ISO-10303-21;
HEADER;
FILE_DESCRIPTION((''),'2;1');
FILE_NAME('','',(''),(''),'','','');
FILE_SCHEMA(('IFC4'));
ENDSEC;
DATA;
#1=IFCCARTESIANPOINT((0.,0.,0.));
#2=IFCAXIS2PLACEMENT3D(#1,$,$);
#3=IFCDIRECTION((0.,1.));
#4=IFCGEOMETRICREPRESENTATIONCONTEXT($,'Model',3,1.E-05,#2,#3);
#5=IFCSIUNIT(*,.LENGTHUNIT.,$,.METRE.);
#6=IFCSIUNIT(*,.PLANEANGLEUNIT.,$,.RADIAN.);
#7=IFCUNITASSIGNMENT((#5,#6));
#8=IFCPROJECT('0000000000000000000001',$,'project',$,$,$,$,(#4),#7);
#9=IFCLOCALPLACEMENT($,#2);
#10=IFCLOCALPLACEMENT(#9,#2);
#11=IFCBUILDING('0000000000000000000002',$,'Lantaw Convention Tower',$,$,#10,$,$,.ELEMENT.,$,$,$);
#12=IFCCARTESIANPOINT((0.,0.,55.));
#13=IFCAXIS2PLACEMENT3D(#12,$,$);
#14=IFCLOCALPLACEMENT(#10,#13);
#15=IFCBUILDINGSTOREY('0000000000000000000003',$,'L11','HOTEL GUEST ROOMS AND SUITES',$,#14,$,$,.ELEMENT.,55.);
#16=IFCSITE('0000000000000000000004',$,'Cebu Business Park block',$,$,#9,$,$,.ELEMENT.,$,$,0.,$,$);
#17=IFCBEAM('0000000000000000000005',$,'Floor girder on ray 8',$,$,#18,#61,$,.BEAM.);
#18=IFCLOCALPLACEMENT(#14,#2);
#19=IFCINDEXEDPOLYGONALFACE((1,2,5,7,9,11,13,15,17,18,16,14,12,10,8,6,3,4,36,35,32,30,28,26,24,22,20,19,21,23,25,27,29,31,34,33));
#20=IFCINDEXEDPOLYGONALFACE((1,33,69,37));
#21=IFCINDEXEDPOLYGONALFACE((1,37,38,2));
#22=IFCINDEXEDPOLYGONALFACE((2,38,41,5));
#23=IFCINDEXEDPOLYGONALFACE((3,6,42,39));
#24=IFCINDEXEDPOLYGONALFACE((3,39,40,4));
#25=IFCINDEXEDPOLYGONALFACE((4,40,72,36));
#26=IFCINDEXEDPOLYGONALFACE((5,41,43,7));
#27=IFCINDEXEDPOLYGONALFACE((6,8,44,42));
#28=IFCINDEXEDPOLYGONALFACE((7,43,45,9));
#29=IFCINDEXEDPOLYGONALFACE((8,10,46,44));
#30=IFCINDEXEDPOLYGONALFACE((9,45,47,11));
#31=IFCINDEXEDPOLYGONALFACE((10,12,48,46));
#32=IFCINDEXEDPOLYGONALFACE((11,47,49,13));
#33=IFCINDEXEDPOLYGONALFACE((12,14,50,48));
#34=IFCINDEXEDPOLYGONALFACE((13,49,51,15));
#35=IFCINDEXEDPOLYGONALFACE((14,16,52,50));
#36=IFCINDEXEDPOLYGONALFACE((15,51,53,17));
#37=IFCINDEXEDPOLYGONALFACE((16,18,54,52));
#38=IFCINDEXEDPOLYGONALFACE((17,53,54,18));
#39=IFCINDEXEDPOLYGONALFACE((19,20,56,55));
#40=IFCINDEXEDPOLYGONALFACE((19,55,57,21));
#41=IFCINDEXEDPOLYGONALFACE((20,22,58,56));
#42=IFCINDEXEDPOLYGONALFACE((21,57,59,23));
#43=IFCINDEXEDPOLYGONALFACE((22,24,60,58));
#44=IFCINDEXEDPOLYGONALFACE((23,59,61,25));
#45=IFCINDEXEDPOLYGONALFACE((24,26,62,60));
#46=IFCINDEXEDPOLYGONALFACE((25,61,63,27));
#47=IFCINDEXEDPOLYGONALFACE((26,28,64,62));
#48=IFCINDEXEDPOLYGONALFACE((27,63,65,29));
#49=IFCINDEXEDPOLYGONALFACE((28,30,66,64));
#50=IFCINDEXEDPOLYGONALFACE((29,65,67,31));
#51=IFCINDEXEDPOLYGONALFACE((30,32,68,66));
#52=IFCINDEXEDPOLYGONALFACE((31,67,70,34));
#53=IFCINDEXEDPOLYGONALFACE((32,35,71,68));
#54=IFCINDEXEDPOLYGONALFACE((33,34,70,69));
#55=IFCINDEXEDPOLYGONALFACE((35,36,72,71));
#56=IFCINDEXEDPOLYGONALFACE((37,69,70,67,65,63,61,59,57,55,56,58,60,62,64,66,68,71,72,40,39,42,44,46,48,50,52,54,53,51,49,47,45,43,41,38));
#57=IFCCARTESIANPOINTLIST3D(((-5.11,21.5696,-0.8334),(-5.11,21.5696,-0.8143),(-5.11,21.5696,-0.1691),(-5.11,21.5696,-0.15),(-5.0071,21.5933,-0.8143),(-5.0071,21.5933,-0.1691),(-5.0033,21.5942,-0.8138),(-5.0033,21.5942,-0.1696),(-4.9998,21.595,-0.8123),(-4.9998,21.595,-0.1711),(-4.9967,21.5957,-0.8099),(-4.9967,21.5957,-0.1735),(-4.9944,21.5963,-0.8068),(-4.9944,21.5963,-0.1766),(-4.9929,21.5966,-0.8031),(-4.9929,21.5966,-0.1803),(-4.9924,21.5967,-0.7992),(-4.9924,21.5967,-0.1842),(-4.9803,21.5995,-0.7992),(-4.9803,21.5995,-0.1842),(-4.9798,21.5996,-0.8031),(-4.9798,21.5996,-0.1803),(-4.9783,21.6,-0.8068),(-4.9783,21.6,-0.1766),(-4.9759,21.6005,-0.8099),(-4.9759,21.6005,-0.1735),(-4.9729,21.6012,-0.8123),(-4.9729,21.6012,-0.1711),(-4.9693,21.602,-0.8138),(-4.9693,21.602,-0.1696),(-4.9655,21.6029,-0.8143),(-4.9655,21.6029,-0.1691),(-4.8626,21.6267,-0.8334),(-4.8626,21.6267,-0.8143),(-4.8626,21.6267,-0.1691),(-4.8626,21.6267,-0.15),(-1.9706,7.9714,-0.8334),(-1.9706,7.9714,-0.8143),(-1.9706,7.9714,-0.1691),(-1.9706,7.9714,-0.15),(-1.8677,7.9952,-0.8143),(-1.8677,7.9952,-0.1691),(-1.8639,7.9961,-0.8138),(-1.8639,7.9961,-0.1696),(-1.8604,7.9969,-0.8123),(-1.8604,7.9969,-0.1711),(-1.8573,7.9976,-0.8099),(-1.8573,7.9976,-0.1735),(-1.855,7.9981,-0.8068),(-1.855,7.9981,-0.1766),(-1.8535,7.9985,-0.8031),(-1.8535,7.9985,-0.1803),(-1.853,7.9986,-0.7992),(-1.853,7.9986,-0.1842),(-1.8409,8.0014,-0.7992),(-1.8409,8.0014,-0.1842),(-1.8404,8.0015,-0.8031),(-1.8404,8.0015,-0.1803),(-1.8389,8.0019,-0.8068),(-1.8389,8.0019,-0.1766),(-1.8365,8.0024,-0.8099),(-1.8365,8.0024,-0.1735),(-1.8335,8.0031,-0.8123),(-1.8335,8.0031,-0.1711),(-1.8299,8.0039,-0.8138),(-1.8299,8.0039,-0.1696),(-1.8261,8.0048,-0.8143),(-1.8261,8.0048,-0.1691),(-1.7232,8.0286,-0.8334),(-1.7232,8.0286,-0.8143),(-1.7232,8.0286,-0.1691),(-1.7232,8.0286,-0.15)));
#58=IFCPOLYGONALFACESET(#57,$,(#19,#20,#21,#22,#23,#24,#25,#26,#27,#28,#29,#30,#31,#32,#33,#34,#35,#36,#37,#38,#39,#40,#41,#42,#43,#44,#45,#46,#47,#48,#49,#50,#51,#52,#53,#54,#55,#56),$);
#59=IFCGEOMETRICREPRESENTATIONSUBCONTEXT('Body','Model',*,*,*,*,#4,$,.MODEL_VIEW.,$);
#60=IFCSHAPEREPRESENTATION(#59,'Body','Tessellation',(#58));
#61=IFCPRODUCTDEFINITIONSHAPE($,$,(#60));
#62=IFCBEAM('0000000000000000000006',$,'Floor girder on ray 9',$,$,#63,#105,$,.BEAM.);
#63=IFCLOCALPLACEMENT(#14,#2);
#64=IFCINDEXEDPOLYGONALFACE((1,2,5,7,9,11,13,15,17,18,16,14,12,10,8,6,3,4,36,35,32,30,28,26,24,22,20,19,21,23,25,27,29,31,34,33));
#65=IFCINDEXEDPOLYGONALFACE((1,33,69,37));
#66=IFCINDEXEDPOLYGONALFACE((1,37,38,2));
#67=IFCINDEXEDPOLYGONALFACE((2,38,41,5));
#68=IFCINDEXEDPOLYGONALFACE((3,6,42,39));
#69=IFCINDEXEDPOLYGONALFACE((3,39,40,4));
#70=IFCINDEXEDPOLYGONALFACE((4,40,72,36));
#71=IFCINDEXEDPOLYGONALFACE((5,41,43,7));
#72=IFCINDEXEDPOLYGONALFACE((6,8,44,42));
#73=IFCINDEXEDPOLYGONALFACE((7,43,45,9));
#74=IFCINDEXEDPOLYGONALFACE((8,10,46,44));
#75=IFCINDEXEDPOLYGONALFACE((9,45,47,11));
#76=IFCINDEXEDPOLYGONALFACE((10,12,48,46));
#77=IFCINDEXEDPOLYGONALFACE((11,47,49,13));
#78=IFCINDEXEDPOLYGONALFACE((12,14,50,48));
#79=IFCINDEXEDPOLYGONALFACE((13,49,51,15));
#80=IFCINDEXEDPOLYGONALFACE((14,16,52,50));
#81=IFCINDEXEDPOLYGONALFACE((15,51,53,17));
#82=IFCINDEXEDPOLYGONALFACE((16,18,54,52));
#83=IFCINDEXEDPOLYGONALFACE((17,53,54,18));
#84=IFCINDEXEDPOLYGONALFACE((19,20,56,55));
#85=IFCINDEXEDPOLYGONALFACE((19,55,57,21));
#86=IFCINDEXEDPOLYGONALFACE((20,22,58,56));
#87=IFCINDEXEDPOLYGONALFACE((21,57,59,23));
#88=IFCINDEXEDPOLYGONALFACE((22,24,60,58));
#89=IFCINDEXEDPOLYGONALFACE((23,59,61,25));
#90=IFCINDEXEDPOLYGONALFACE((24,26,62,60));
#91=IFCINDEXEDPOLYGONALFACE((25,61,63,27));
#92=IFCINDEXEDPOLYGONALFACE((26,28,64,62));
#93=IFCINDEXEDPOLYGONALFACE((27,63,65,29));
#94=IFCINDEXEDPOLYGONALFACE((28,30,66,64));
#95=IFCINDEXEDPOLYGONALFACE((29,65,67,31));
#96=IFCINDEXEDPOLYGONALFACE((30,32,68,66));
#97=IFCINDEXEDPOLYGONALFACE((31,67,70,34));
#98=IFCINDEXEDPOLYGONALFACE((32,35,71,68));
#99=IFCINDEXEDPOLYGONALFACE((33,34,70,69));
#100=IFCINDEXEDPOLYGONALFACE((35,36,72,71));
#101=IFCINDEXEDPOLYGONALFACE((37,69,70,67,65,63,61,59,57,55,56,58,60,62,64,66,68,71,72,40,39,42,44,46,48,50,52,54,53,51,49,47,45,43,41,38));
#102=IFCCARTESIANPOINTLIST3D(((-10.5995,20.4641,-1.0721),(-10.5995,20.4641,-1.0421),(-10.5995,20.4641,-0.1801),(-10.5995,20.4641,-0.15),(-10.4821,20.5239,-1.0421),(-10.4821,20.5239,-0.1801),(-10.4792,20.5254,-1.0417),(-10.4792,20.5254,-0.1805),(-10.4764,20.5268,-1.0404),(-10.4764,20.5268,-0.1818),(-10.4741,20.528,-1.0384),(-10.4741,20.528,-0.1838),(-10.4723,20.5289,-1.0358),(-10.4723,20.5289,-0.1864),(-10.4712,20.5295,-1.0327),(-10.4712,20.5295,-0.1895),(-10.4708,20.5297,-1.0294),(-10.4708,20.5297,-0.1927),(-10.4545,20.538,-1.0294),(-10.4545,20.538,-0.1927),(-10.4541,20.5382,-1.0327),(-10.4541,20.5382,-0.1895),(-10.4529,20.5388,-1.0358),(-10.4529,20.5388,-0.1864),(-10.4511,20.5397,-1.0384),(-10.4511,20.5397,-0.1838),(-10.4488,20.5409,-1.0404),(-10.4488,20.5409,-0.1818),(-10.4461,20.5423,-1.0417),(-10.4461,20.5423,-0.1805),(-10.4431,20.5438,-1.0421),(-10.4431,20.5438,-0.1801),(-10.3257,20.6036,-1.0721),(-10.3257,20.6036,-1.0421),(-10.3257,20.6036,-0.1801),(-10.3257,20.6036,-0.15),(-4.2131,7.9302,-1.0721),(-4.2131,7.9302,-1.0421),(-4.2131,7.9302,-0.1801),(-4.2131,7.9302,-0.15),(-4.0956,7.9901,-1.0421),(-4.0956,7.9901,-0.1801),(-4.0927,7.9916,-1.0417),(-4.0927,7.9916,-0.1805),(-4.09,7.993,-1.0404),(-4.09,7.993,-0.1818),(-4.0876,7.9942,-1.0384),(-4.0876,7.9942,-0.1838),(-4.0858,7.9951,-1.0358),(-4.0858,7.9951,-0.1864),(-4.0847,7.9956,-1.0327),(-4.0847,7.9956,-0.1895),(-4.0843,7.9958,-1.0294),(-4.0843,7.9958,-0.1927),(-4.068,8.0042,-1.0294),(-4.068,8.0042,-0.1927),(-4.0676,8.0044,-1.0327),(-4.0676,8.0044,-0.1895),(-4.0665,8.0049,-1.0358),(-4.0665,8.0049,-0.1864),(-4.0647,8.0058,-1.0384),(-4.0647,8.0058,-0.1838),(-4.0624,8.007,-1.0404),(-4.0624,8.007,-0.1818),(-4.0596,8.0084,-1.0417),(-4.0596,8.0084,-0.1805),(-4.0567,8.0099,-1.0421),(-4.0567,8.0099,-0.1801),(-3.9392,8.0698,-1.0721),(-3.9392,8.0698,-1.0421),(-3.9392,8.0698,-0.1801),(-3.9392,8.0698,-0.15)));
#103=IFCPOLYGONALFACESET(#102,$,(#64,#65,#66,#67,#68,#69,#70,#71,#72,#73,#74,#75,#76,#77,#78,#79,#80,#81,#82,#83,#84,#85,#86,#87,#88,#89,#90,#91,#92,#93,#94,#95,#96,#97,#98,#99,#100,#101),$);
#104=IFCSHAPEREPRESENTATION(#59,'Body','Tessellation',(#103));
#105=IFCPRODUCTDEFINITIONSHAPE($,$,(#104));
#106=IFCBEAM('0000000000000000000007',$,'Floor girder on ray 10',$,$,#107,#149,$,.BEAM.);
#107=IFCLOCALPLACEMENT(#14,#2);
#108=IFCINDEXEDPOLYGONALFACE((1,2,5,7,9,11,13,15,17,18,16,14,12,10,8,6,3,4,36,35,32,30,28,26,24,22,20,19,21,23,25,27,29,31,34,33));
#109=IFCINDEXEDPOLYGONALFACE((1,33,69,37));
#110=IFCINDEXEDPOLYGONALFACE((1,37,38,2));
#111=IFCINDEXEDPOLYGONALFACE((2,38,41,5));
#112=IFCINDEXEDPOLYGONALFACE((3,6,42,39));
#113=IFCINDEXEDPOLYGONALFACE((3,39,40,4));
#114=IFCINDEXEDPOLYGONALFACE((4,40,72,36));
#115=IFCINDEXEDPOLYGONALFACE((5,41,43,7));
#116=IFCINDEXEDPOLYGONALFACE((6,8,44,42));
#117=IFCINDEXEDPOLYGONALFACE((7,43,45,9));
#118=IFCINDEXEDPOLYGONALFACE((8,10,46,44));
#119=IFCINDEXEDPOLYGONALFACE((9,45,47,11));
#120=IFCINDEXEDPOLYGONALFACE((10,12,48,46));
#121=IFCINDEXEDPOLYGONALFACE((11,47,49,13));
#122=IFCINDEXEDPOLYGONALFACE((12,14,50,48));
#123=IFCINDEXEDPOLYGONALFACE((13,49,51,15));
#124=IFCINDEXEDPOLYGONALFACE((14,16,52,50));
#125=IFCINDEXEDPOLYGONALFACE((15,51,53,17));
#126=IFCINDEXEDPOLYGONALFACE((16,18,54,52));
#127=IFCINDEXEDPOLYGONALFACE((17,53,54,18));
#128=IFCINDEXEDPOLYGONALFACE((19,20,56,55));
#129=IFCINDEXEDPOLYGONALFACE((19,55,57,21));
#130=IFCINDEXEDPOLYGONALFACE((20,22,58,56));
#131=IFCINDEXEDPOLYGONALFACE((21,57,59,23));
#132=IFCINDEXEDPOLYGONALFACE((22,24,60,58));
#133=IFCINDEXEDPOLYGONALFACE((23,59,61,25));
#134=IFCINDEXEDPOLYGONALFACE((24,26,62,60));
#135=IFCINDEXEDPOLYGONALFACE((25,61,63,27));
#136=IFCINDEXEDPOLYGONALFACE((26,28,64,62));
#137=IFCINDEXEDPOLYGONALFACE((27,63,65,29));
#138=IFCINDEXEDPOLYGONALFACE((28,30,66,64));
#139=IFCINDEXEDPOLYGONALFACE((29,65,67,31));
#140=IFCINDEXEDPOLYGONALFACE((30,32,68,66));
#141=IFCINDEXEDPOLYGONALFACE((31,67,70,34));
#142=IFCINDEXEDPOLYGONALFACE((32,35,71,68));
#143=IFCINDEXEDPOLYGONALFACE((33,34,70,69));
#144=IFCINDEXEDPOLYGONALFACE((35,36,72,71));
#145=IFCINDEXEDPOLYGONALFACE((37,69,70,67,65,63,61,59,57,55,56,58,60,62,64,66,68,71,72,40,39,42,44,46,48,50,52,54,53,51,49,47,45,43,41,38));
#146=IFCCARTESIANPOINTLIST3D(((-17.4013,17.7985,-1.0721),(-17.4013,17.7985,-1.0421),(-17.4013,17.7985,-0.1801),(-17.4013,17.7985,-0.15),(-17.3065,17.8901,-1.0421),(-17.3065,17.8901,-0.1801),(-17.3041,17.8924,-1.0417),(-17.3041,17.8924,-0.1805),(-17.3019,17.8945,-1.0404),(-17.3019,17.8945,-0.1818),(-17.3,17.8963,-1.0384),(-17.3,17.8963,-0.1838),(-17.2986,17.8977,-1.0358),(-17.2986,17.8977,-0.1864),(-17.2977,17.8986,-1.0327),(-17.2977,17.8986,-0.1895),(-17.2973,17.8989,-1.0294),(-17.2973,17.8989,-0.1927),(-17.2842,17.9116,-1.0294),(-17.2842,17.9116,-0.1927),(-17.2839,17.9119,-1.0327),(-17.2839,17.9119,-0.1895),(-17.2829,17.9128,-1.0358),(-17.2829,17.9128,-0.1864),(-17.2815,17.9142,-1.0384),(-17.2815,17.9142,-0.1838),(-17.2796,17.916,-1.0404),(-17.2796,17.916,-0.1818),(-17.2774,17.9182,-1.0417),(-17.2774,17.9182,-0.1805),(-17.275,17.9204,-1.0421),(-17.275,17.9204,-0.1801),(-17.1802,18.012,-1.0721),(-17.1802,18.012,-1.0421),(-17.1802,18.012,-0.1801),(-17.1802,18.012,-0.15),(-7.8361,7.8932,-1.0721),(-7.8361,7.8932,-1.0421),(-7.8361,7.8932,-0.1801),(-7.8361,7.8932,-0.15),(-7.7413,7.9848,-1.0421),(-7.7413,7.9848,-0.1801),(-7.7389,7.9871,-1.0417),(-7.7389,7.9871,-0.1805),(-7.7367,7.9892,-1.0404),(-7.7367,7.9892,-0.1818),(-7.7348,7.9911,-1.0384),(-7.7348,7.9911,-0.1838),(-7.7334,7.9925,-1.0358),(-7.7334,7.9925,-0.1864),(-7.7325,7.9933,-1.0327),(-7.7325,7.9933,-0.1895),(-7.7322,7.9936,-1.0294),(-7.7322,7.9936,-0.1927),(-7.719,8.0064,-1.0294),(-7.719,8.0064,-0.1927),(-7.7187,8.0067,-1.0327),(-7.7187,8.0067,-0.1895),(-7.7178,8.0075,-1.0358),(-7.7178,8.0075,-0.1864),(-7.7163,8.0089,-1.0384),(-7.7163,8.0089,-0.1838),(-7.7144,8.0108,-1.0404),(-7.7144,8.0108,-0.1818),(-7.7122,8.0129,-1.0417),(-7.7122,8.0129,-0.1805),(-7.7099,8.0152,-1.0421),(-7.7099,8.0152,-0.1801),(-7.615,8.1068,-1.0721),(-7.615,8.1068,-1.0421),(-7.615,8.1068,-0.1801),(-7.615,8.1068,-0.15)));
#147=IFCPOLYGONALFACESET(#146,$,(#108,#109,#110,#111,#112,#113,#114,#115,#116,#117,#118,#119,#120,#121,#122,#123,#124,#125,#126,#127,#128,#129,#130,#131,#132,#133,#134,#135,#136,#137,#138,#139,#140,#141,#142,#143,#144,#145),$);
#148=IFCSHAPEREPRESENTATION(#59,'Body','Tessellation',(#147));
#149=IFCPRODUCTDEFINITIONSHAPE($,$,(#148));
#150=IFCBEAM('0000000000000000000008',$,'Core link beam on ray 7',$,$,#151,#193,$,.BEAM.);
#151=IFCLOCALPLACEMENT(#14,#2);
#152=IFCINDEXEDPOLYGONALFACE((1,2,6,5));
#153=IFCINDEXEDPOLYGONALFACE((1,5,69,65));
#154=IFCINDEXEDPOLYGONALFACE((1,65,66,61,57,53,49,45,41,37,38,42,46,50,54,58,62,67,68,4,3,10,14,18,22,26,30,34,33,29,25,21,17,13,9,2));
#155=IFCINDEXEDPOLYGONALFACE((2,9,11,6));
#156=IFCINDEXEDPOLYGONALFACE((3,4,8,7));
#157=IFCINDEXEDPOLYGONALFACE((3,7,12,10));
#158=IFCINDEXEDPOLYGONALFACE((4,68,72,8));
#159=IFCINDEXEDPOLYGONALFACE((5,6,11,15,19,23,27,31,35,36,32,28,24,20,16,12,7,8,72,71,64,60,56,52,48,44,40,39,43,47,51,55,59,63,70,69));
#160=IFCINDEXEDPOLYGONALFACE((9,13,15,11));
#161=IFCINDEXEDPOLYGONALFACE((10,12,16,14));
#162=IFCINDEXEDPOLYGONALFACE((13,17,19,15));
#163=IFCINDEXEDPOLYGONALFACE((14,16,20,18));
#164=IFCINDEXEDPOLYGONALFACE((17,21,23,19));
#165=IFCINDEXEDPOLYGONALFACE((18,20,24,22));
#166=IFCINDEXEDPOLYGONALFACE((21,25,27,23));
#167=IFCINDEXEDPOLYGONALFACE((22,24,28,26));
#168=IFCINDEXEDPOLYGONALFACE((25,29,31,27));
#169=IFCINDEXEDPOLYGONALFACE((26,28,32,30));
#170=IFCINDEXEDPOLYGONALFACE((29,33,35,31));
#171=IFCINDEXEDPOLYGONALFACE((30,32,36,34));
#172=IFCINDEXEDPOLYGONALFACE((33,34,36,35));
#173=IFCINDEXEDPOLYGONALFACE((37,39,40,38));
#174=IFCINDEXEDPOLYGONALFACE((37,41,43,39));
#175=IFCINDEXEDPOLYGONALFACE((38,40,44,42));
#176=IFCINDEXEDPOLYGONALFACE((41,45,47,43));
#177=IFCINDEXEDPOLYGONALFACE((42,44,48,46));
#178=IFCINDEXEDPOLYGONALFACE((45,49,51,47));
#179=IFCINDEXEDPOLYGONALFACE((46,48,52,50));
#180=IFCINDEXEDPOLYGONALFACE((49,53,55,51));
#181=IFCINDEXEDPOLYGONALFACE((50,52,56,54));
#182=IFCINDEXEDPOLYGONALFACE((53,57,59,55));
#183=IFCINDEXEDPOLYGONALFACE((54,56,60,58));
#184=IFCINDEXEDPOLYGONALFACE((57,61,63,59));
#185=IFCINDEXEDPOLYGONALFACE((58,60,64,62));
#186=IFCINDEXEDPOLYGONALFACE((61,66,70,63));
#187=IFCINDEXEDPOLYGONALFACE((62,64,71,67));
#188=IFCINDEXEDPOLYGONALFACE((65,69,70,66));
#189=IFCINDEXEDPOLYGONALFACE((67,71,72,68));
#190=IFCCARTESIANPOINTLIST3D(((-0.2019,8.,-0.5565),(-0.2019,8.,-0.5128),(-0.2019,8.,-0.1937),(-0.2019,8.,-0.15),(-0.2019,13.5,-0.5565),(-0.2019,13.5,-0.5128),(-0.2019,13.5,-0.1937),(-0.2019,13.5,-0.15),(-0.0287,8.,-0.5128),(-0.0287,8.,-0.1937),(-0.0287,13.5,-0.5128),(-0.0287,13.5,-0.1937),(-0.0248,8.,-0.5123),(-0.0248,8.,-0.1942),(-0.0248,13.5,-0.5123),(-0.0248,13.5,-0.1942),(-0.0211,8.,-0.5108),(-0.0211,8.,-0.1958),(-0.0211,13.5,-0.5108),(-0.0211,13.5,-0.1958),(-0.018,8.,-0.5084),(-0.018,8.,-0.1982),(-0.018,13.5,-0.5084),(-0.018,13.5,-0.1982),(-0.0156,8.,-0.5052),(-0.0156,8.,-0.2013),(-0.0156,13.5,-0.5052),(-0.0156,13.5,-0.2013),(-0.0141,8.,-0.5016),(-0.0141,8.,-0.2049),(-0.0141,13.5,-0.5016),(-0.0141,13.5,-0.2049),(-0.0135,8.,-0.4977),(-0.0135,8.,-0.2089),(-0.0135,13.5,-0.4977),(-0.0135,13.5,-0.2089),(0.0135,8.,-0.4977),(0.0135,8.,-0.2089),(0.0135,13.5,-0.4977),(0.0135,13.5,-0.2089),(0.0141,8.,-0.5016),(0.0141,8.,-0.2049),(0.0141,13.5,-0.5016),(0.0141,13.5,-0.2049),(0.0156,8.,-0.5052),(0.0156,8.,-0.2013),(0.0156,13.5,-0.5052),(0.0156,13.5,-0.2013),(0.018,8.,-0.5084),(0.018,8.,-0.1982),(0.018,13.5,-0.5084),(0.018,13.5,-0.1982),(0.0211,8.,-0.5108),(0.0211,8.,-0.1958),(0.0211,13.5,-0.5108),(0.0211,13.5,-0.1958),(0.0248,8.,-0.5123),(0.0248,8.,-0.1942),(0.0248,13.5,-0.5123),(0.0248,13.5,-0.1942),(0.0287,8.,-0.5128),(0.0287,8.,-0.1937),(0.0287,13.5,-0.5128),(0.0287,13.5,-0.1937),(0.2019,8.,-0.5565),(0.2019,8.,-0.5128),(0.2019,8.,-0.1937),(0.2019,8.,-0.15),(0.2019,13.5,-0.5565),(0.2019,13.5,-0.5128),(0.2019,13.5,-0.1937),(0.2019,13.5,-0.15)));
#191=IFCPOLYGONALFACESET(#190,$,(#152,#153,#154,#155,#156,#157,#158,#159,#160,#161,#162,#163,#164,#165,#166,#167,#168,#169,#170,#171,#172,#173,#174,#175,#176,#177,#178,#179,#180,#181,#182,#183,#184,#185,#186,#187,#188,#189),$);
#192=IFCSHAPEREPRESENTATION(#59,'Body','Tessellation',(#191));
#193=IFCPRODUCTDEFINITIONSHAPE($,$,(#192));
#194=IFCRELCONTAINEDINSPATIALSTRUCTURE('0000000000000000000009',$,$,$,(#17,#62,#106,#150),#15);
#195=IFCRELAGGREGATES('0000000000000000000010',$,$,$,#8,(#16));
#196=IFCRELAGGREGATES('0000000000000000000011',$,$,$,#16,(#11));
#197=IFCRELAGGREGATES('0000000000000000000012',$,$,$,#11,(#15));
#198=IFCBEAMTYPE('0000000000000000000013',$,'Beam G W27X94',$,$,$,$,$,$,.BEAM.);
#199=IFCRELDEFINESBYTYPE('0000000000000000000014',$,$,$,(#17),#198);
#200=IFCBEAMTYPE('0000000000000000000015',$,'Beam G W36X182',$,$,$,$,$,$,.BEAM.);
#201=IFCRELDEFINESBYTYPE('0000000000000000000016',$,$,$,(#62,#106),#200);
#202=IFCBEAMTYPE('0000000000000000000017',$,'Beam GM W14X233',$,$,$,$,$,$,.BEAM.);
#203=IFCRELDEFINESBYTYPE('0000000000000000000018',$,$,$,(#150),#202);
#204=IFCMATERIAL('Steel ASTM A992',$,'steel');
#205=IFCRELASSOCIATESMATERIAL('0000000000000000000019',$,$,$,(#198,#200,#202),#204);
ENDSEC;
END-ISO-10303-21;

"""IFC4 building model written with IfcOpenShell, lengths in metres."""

from ifc_helpers import new_model, si_unit, direction, frame, origin, origin_2d, place, context, subcontext, project, spatial, i_section, extrude, material, material_profile, profile_set, type_object, element, save


model = new_model("IFC4")

# Units and contexts
model_context = context("Model", 3, precision=1e-05, world=origin(), true_north=direction((0.0, 1.0)))
body_context = subcontext(model_context, "Body", "Model", "MODEL_VIEW")
ifc_project = project(units=[si_unit("LENGTHUNIT", "METRE"), si_unit("PLANEANGLEUNIT", "RADIAN")], contexts=[model_context])

# Site, building, storey
site_placement = place(None, origin())
site = spatial("IfcSite", under=ifc_project, at=site_placement, Name="Cebu Business Park block", CompositionType="ELEMENT", RefElevation=0.0)
building_placement = place(site_placement, origin())
building = spatial("IfcBuilding", under=site, at=building_placement, Name="Lantaw Convention Tower", CompositionType="ELEMENT")
storey_placement = place(building_placement, frame((0.0, 0.0, 55.0)))
storey = spatial("IfcBuildingStorey", under=building, at=storey_placement, Name="L11", Description="HOTEL GUEST ROOMS AND SUITES", CompositionType="ELEMENT", Elevation=55.0)

# Beams
ifc_material_1 = material(Name="Steel ASTM A992", Category="steel")
ifc_material_profile_1 = material_profile(ifc_material_1, i_section(OverallWidth=0.2539, OverallDepth=0.6833, WebThickness=0.0125, FlangeThickness=0.019, FilletRadius=0.0151, at=origin_2d()), Name="W27X94")
ifc_profile_set_1 = profile_set([ifc_material_profile_1], Name="Steel ASTM A992")
beam_type_1 = type_object("IfcBeamType", Name="Beam G W27X94", PredefinedType="BEAM", material=ifc_profile_set_1)
beam_1_placement = place(storey_placement, frame((-1.8469, 8.0, -0.4917), z_axis=(-0.224953, 0.97437, 0.0), x_axis=(-0.97437, -0.224953, 0.0)))
element("IfcBeam", 1, at=beam_1_placement, inside=storey, type_object=beam_type_1, Name="Floor girder on ray 8", PredefinedType="BEAM", context=body_context, shape_type="SweptSolid", body=[
    extrude(i_section(OverallWidth=0.2539, OverallDepth=0.6833, WebThickness=0.0125, FlangeThickness=0.019, FilletRadius=0.0151, at=origin_2d()), origin(), (0.0, 0.0, 1.0), 13.9558),
])
ifc_material_profile_2 = material_profile(ifc_material_1, i_section(OverallWidth=0.3074, OverallDepth=0.9221, WebThickness=0.0183, FlangeThickness=0.03, FilletRadius=0.0127, at=origin_2d()), Name="W36X182")
ifc_profile_set_2 = profile_set([ifc_material_profile_2], Name="Steel ASTM A992")
beam_type_2 = type_object("IfcBeamType", Name="Beam G W36X182", PredefinedType="BEAM", material=ifc_profile_set_2)
beam_2_placement = place(storey_placement, frame((-4.0762, 8.0, -0.6111), z_axis=(-0.453997, 0.891003, 0.0), x_axis=(-0.891003, -0.453997, 0.0)))
element("IfcBeam", 2, at=beam_2_placement, inside=storey, type_object=beam_type_2, Name="Floor girder on ray 9", PredefinedType="BEAM", context=body_context, shape_type="SweptSolid", body=[
    extrude(i_section(OverallWidth=0.3074, OverallDepth=0.9221, WebThickness=0.0183, FlangeThickness=0.03, FilletRadius=0.0127, at=origin_2d()), origin(), (0.0, 0.0, 1.0), 14.0671),
])
beam_3_placement = place(storey_placement, frame((-7.7256, 8.0, -0.6111), z_axis=(-0.69465, 0.719348, 0.0), x_axis=(-0.719348, -0.69465, 0.0)))
element("IfcBeam", 3, at=beam_3_placement, inside=storey, type_object=beam_type_2, Name="Floor girder on ray 10", PredefinedType="BEAM", context=body_context, shape_type="SweptSolid", body=[
    extrude(i_section(OverallWidth=0.3074, OverallDepth=0.9221, WebThickness=0.0183, FlangeThickness=0.03, FilletRadius=0.0127, at=origin_2d()), origin(), (0.0, 0.0, 1.0), 13.7698),
])
ifc_material_profile_3 = material_profile(ifc_material_1, i_section(OverallWidth=0.4038, OverallDepth=0.4065, WebThickness=0.0271, FlangeThickness=0.0437, FilletRadius=0.0151, at=origin_2d()), Name="W14X233")
ifc_profile_set_3 = profile_set([ifc_material_profile_3], Name="Steel ASTM A992")
beam_type_3 = type_object("IfcBeamType", Name="Beam GM W14X233", PredefinedType="BEAM", material=ifc_profile_set_3)
beam_4_placement = place(storey_placement, frame((0.0, 8.0, -0.3533), z_axis=(0.0, 1.0, 0.0), x_axis=(-1.0, 0.0, 0.0)))
element("IfcBeam", 4, at=beam_4_placement, inside=storey, type_object=beam_type_3, Name="Core link beam on ray 7", PredefinedType="BEAM", context=body_context, shape_type="SweptSolid", body=[
    extrude(i_section(OverallWidth=0.4038, OverallDepth=0.4065, WebThickness=0.0271, FlangeThickness=0.0437, FilletRadius=0.0151, at=origin_2d()), origin(), (0.0, 0.0, 1.0), 5.5),
])

save(model, "model.ifc")
